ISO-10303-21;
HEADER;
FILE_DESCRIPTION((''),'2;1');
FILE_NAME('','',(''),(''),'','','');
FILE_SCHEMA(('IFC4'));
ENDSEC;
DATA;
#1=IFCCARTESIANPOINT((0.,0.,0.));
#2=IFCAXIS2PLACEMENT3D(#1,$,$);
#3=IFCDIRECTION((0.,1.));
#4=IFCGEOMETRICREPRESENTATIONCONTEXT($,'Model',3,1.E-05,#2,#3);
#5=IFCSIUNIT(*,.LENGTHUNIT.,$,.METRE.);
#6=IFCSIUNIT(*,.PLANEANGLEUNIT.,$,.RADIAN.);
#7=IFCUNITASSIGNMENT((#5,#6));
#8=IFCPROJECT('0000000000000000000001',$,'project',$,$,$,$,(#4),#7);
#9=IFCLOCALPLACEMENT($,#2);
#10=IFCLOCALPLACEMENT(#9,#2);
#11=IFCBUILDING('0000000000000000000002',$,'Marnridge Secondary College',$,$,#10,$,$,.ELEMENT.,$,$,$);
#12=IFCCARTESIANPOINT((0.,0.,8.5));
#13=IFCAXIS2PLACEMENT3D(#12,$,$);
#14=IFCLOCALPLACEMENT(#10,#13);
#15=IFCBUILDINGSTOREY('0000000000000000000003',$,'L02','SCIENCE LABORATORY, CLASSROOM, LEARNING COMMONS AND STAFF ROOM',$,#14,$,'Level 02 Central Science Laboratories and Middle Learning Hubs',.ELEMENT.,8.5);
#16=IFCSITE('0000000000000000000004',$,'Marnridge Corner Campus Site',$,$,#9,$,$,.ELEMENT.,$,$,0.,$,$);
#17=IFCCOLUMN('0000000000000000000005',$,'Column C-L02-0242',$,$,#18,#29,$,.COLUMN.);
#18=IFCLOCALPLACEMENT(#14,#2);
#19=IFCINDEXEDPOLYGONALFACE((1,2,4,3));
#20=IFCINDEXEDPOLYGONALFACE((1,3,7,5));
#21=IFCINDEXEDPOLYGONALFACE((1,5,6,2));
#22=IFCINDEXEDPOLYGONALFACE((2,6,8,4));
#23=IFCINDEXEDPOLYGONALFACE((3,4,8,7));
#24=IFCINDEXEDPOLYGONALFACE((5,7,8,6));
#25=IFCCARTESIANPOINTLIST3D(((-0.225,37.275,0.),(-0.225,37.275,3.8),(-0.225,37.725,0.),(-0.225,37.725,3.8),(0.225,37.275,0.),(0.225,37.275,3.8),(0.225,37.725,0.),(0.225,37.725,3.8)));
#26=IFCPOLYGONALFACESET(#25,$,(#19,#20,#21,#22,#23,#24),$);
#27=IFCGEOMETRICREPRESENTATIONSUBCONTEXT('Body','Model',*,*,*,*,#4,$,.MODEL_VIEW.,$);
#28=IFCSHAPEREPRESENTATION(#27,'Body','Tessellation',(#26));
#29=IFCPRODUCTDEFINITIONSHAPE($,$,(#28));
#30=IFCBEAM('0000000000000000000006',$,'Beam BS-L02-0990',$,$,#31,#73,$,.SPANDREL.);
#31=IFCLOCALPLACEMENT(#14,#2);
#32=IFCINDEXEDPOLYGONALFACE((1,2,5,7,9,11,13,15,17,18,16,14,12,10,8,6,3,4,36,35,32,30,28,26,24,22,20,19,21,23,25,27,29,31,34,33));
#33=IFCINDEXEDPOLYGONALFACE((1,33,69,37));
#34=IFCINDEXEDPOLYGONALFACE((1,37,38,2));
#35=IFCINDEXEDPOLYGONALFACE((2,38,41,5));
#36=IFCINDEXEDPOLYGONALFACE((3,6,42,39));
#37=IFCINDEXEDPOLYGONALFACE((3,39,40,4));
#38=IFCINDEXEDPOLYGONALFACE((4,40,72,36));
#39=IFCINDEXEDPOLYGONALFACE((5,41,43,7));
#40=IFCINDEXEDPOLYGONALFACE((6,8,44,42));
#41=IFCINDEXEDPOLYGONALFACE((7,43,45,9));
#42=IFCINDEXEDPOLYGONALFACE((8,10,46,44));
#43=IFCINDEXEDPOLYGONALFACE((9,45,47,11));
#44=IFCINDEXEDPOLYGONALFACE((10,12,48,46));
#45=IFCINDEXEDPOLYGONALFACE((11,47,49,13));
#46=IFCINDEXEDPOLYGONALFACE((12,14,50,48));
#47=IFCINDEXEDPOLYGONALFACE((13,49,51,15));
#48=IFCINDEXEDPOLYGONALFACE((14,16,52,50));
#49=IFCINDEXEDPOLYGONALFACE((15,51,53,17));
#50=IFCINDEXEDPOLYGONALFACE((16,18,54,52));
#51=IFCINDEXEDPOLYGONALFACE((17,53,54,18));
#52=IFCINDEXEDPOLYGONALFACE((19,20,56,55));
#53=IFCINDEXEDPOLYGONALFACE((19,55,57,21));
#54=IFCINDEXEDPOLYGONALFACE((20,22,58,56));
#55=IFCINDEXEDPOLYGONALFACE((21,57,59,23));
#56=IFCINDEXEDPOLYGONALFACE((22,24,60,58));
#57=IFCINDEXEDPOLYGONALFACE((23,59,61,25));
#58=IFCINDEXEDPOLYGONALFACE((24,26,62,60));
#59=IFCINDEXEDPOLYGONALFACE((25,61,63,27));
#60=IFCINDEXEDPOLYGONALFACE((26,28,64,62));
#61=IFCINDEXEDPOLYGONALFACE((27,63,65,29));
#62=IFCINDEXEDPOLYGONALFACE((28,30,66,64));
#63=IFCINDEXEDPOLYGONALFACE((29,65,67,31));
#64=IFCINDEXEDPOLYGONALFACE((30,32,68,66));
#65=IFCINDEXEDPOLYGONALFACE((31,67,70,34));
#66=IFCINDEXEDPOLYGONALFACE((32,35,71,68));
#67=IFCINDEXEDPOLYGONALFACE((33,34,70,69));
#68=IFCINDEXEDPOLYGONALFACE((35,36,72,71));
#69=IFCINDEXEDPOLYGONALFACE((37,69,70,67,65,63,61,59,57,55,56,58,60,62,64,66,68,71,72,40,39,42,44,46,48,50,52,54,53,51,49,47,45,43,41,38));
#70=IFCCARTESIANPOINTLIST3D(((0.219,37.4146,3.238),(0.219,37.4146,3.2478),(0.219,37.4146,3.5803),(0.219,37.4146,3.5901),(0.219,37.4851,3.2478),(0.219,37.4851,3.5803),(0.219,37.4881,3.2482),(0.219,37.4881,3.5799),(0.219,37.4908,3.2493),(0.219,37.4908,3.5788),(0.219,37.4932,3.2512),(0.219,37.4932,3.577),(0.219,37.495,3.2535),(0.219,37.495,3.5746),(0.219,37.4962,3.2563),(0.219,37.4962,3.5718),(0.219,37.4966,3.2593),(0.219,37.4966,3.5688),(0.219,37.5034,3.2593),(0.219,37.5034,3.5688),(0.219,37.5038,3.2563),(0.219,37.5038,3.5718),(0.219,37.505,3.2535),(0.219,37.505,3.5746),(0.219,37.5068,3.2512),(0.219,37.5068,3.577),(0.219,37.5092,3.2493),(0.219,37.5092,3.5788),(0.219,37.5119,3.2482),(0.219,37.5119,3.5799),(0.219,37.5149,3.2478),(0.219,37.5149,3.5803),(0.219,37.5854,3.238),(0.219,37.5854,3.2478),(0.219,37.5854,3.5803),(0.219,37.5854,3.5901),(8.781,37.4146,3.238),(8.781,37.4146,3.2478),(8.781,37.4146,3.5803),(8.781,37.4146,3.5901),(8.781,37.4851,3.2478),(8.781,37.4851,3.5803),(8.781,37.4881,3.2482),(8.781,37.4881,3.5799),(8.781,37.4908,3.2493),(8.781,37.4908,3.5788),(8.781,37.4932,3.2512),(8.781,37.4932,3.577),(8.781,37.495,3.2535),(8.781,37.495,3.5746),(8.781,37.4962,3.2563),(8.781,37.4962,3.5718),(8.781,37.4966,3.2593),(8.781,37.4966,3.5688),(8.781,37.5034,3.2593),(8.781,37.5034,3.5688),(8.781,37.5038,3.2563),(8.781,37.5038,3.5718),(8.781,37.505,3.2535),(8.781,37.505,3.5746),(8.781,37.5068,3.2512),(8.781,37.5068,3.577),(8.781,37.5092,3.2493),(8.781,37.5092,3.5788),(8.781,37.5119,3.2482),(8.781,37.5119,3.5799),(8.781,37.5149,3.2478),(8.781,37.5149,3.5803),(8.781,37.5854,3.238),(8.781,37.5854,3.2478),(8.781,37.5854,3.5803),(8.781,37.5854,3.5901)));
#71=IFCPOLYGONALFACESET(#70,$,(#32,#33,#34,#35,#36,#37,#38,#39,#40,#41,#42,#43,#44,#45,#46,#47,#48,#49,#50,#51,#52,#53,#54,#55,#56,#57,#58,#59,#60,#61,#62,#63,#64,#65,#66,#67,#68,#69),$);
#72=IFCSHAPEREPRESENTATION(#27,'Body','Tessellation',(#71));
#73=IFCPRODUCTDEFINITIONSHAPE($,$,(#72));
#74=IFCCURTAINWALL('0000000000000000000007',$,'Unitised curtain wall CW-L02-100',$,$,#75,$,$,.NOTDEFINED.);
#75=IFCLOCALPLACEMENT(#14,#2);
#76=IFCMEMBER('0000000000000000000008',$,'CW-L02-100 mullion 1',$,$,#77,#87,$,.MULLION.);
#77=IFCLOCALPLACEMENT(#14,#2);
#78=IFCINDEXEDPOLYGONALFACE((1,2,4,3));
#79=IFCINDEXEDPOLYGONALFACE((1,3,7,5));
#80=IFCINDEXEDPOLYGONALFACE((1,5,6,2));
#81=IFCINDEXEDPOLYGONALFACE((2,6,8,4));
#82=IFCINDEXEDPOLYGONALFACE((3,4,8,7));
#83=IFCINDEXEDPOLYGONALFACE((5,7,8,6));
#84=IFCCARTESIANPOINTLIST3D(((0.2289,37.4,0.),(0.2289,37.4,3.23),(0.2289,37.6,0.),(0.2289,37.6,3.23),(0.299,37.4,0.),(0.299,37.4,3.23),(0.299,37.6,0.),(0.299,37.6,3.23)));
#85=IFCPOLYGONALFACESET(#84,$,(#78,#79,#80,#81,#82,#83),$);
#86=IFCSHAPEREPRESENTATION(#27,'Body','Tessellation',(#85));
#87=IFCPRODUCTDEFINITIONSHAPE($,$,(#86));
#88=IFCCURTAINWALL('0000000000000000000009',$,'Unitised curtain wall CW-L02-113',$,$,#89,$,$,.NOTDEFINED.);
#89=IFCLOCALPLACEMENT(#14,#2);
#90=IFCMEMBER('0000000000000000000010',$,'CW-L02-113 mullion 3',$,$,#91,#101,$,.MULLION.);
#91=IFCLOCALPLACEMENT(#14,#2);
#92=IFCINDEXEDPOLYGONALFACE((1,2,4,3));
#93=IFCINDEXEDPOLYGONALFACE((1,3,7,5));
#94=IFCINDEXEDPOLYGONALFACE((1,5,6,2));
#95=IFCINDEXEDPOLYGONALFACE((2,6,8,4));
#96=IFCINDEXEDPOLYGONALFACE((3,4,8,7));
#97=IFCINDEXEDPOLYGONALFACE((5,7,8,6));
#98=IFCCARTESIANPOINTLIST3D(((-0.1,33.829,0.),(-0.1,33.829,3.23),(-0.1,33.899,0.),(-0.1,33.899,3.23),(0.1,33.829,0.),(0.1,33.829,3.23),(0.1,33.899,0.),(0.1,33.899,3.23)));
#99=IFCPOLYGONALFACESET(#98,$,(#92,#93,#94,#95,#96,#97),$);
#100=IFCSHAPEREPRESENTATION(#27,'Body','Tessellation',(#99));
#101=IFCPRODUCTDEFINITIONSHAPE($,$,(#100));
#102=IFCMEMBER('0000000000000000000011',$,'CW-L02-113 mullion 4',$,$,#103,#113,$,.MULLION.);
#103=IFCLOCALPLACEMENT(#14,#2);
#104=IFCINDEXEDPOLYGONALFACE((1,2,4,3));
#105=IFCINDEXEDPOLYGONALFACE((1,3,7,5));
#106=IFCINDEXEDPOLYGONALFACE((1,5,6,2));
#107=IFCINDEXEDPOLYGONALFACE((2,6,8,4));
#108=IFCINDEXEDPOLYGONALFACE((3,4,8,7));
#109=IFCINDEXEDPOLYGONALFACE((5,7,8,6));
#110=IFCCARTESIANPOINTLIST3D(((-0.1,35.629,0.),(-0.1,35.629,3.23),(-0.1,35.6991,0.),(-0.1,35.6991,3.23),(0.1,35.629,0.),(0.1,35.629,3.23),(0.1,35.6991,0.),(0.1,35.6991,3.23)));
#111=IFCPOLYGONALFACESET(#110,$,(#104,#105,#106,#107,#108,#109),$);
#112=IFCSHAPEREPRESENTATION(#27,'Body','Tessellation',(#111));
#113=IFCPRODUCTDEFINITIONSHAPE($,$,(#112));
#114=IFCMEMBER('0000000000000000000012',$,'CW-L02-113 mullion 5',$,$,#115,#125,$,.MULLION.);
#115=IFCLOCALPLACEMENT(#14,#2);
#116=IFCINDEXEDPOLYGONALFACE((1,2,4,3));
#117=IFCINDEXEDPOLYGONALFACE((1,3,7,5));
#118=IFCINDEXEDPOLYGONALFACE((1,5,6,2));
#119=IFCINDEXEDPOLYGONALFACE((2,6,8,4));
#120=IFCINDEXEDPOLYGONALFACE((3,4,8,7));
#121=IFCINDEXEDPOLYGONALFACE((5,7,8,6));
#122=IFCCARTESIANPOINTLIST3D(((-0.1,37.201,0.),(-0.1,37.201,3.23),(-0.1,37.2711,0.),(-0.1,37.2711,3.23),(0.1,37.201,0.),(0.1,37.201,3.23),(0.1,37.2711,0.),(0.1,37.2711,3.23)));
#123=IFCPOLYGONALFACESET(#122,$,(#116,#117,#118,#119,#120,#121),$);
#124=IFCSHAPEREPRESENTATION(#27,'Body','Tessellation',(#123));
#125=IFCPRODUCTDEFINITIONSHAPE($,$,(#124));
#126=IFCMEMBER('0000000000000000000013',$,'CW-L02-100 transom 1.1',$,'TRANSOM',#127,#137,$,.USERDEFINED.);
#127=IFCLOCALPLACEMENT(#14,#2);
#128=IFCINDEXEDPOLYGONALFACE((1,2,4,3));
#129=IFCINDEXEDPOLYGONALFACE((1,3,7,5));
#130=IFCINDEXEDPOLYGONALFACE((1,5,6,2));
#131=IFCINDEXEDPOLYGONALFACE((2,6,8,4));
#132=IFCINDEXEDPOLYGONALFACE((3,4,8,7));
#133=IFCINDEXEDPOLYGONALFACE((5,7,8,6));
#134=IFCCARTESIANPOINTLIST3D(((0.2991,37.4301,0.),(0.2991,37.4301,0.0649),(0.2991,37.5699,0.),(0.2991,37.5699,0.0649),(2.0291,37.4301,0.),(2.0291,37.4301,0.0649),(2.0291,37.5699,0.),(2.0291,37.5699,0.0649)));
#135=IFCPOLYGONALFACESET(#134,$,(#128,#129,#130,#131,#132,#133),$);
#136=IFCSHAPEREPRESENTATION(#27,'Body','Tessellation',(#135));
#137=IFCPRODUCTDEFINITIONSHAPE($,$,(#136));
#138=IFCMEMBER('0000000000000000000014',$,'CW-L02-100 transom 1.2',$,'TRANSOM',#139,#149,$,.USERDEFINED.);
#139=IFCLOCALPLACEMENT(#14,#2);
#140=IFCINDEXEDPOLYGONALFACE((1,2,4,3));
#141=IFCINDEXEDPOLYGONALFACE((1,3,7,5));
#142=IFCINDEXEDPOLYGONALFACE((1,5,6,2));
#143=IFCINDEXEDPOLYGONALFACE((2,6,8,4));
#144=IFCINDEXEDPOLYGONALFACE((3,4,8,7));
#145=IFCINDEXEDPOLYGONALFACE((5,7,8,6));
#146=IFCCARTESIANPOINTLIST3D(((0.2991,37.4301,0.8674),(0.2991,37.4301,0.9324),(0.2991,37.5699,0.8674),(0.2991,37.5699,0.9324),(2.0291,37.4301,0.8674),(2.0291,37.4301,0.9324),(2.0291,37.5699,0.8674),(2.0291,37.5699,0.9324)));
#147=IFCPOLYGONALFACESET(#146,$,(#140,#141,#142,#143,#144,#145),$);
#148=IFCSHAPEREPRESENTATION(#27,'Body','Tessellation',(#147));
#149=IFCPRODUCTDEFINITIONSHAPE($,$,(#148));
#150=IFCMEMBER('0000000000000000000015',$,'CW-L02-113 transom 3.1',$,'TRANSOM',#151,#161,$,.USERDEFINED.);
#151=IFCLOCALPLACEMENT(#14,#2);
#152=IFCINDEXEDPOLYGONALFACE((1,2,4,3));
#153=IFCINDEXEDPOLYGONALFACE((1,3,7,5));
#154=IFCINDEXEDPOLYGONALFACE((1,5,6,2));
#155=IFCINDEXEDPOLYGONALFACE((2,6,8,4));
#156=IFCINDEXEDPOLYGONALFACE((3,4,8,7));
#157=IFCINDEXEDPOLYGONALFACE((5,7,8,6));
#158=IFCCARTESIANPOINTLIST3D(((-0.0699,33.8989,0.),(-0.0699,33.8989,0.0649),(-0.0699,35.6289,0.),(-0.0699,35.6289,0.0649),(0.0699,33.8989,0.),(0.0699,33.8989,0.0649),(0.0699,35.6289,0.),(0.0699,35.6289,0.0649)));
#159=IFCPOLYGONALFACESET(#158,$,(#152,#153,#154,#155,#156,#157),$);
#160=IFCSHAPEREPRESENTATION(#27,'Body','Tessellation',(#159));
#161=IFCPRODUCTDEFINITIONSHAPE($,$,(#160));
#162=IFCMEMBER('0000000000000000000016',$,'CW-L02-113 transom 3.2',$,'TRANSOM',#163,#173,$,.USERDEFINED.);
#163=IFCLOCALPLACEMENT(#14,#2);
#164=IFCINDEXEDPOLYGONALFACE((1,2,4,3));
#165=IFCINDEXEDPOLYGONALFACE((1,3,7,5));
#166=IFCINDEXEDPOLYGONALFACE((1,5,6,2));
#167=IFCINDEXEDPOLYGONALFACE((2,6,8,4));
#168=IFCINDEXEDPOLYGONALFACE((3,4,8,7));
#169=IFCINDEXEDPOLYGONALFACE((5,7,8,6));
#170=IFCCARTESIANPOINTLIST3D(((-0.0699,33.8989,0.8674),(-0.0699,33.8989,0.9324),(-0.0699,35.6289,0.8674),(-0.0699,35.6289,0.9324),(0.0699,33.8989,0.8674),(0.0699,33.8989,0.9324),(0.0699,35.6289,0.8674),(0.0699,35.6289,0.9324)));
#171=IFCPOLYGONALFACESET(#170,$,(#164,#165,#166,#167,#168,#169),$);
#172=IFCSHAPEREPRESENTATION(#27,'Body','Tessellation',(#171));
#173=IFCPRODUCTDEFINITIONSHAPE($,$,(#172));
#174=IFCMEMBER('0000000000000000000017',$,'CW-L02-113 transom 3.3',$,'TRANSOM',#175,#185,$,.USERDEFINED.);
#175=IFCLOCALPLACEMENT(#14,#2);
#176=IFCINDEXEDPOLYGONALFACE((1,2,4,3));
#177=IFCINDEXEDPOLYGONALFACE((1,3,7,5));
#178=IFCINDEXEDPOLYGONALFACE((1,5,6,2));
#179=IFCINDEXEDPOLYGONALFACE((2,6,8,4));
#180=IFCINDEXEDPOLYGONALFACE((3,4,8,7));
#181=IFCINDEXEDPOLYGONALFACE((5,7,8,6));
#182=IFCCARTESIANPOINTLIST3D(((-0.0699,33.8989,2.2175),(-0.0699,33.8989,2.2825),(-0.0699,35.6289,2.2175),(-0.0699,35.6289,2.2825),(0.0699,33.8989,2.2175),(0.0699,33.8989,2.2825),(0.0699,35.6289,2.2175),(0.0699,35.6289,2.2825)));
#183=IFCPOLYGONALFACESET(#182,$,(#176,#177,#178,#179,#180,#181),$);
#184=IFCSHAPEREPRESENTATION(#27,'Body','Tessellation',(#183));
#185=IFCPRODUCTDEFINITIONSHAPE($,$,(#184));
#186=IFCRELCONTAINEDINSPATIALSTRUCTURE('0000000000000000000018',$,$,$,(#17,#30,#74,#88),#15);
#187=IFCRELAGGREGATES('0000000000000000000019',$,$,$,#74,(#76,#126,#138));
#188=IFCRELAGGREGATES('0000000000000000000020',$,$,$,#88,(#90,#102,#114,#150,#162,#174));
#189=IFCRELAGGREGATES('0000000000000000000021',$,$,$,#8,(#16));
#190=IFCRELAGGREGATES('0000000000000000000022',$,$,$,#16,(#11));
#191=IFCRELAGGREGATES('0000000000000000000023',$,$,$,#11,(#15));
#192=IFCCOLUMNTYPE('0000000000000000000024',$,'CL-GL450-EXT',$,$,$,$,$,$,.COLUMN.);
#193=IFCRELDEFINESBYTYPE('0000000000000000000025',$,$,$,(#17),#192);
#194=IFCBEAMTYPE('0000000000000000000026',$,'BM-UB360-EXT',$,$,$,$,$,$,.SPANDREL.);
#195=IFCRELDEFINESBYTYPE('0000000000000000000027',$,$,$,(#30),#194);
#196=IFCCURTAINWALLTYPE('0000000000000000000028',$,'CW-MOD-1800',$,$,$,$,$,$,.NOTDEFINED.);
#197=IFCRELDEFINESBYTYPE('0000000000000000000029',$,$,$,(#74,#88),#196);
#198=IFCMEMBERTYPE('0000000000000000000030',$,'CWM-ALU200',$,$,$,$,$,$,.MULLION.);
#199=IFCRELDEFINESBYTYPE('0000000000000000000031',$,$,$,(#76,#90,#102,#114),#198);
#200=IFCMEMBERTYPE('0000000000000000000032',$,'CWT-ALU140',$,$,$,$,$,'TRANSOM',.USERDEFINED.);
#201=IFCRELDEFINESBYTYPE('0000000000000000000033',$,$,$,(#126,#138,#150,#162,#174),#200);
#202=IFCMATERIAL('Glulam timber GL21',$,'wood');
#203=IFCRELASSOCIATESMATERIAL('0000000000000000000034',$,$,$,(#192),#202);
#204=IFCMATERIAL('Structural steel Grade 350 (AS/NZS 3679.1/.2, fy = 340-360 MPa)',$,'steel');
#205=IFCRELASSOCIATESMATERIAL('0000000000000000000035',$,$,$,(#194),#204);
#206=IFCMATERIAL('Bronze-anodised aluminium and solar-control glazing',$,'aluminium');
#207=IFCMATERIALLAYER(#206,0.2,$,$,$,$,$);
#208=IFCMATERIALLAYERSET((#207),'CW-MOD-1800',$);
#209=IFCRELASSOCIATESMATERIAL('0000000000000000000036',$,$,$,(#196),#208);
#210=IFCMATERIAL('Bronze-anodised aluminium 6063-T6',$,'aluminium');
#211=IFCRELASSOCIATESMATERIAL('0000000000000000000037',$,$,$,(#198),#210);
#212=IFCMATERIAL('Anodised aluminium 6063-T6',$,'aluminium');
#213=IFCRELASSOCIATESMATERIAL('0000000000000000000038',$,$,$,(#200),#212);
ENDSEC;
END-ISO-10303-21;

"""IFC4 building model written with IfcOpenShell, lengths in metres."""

from ifc_helpers import new_model, si_unit, direction, frame, origin, origin_2d, place, context, subcontext, project, spatial, rectangle, i_section, extrude, material, layer, layer_set, material_profile, profile_set, type_object, element, aggregate, save


model = new_model("IFC4")

# Units and contexts
model_context = context("Model", 3, precision=1e-05, world=origin(), true_north=direction((0.0, 1.0)))
body_context = subcontext(model_context, "Body", "Model", "MODEL_VIEW")
ifc_project = project(units=[si_unit("LENGTHUNIT", "METRE"), si_unit("PLANEANGLEUNIT", "RADIAN")], contexts=[model_context])

# Site, building, storey
site_placement = place(None, origin())
site = spatial("IfcSite", under=ifc_project, at=site_placement, Name="Marnridge Corner Campus Site", CompositionType="ELEMENT", RefElevation=0.0)
building_placement = place(site_placement, origin())
building = spatial("IfcBuilding", under=site, at=building_placement, Name="Marnridge Secondary College", CompositionType="ELEMENT")
storey_placement = place(building_placement, frame((0.0, 0.0, 8.5)))
storey = spatial("IfcBuildingStorey", under=building, at=storey_placement, Name="L02", Description="SCIENCE LABORATORY, CLASSROOM, LEARNING COMMONS AND STAFF ROOM", LongName="Level 02 Central Science Laboratories and Middle Learning Hubs", CompositionType="ELEMENT", Elevation=8.5)

# Column
ifc_material_1 = material(Name="Glulam timber GL21", Category="wood")
ifc_material_profile_1 = material_profile(ifc_material_1, rectangle(XDim=0.45, YDim=0.45, at=origin_2d()), Name="GL21 450x450")
ifc_profile_set_1 = profile_set([ifc_material_profile_1], Name="Glulam timber GL21")
column_type = type_object("IfcColumnType", Name="CL-GL450-EXT", PredefinedType="COLUMN", material=ifc_profile_set_1)
column_placement = place(storey_placement, frame((0.0, 37.5, 0.0), z_axis=(0.0, 0.0, 1.0), x_axis=(1.0, 0.0, 0.0)))
element("IfcColumn", 1, at=column_placement, inside=storey, type_object=column_type, Name="Column C-L02-0242", PredefinedType="COLUMN", context=body_context, shape_type="SweptSolid", body=[
    extrude(rectangle(XDim=0.45, YDim=0.45, at=origin_2d()), origin(), (0.0, 0.0, 1.0), 3.8),
])

# Beam
ifc_material_2 = material(Name="Structural steel Grade 350 (AS/NZS 3679.1/.2, fy = 340-360 MPa)", Category="steel")
ifc_material_profile_2 = material_profile(ifc_material_2, i_section(OverallWidth=0.1709, OverallDepth=0.3521, WebThickness=0.0068, FlangeThickness=0.0098, FilletRadius=0.0115, at=origin_2d()), Name="360UB44.7")
ifc_profile_set_2 = profile_set([ifc_material_profile_2], Name="Structural steel Grade 350 (AS/NZS 3679.1/.2, fy = 340-360 MPa)")
beam_type = type_object("IfcBeamType", Name="BM-UB360-EXT", PredefinedType="SPANDREL", material=ifc_profile_set_2)
beam_placement = place(storey_placement, frame((0.219, 37.5, 3.4141), z_axis=(1.0, 0.0, 0.0), x_axis=(0.0, 1.0, 0.0)))
element("IfcBeam", 2, at=beam_placement, inside=storey, type_object=beam_type, Name="Beam BS-L02-0990", PredefinedType="SPANDREL", context=body_context, shape_type="SweptSolid", body=[
    extrude(i_section(OverallWidth=0.1709, OverallDepth=0.3521, WebThickness=0.0068, FlangeThickness=0.0098, FilletRadius=0.0115, at=origin_2d()), origin(), (0.0, 0.0, 1.0), 8.562),
])

# Curtain wall, member
ifc_material_3 = material(Name="Bronze-anodised aluminium and solar-control glazing", Category="aluminium")
ifc_layer_1 = layer(ifc_material_3, 0.2)
ifc_layer_set_1 = layer_set([ifc_layer_1], Name="CW-MOD-1800")
curtain_wall_type = type_object("IfcCurtainWallType", Name="CW-MOD-1800", PredefinedType="NOTDEFINED", material=ifc_layer_set_1)
curtain_wall_1_placement = place(storey_placement, origin())
curtain_wall_1 = element("IfcCurtainWall", 3, at=curtain_wall_1_placement, inside=storey, type_object=curtain_wall_type, Name="Unitised curtain wall CW-L02-100", PredefinedType="NOTDEFINED")
ifc_material_4 = material(Name="Bronze-anodised aluminium 6063-T6", Category="aluminium")
ifc_material_profile_3 = material_profile(ifc_material_4, rectangle(XDim=0.0701, YDim=0.2, at=origin_2d()), Name="ALU 70x200")
ifc_profile_set_3 = profile_set([ifc_material_profile_3], Name="Bronze-anodised aluminium 6063-T6")
member_type_1 = type_object("IfcMemberType", Name="CWM-ALU200", PredefinedType="MULLION", material=ifc_profile_set_3)
member_1_placement = place(storey_placement, frame((0.2639, 37.5, 0.0), z_axis=(0.0, 0.0, 1.0), x_axis=(1.0, 0.0, 0.0)))
member_1 = element("IfcMember", 4, at=member_1_placement, type_object=member_type_1, Name="CW-L02-100 mullion 1", PredefinedType="MULLION", context=body_context, shape_type="SweptSolid", body=[
    extrude(rectangle(XDim=0.0701, YDim=0.2, at=origin_2d()), origin(), (0.0, 0.0, 1.0), 3.23),
])

# Curtain wall, members
curtain_wall_2_placement = place(storey_placement, origin())
curtain_wall_2 = element("IfcCurtainWall", 5, at=curtain_wall_2_placement, inside=storey, type_object=curtain_wall_type, Name="Unitised curtain wall CW-L02-113", PredefinedType="NOTDEFINED")
member_2_placement = place(storey_placement, frame((0.0, 33.864, 0.0), z_axis=(0.0, 0.0, 1.0), x_axis=(0.0, 1.0, 0.0)))
member_2 = element("IfcMember", 6, at=member_2_placement, type_object=member_type_1, Name="CW-L02-113 mullion 3", PredefinedType="MULLION", context=body_context, shape_type="SweptSolid", body=[
    extrude(rectangle(XDim=0.0701, YDim=0.2, at=origin_2d()), origin(), (0.0, 0.0, 1.0), 3.23),
])
member_3_placement = place(storey_placement, frame((0.0, 35.6641, 0.0), z_axis=(0.0, 0.0, 1.0), x_axis=(0.0, 1.0, 0.0)))
member_3 = element("IfcMember", 7, at=member_3_placement, type_object=member_type_1, Name="CW-L02-113 mullion 4", PredefinedType="MULLION", context=body_context, shape_type="SweptSolid", body=[
    extrude(rectangle(XDim=0.0701, YDim=0.2, at=origin_2d()), origin(), (0.0, 0.0, 1.0), 3.23),
])
member_4_placement = place(storey_placement, frame((0.0, 37.2361, 0.0), z_axis=(0.0, 0.0, 1.0), x_axis=(0.0, 1.0, 0.0)))
member_4 = element("IfcMember", 8, at=member_4_placement, type_object=member_type_1, Name="CW-L02-113 mullion 5", PredefinedType="MULLION", context=body_context, shape_type="SweptSolid", body=[
    extrude(rectangle(XDim=0.0701, YDim=0.2, at=origin_2d()), origin(), (0.0, 0.0, 1.0), 3.23),
])

# Members
ifc_material_5 = material(Name="Anodised aluminium 6063-T6", Category="aluminium")
ifc_material_profile_4 = material_profile(ifc_material_5, rectangle(XDim=0.0649, YDim=0.1399, at=origin_2d()), Name="ALU 65x140")
ifc_profile_set_4 = profile_set([ifc_material_profile_4], Name="Anodised aluminium 6063-T6")
member_type_2 = type_object("IfcMemberType", Name="CWT-ALU140", ElementType="TRANSOM", PredefinedType="USERDEFINED", material=ifc_profile_set_4)
member_5_placement = place(storey_placement, frame((0.2991, 37.5, 0.0325), z_axis=(1.0, 0.0, 0.0), x_axis=(0.0, 0.0, 1.0)))
member_5 = element("IfcMember", 9, at=member_5_placement, type_object=member_type_2, Name="CW-L02-100 transom 1.1", ObjectType="TRANSOM", PredefinedType="USERDEFINED", context=body_context, shape_type="SweptSolid", body=[
    extrude(rectangle(XDim=0.0649, YDim=0.1399, at=origin_2d()), origin(), (0.0, 0.0, 1.0), 1.73),
])
member_6_placement = place(storey_placement, frame((0.2991, 37.5, 0.8999), z_axis=(1.0, 0.0, 0.0), x_axis=(0.0, 0.0, 1.0)))
member_6 = element("IfcMember", 10, at=member_6_placement, type_object=member_type_2, Name="CW-L02-100 transom 1.2", ObjectType="TRANSOM", PredefinedType="USERDEFINED", context=body_context, shape_type="SweptSolid", body=[
    extrude(rectangle(XDim=0.0649, YDim=0.1399, at=origin_2d()), origin(), (0.0, 0.0, 1.0), 1.73),
])
aggregate(curtain_wall_1, [member_1, member_5, member_6])
member_7_placement = place(storey_placement, frame((0.0, 33.8989, 0.0325), z_axis=(0.0, 1.0, 0.0), x_axis=(0.0, 0.0, 1.0)))
member_7 = element("IfcMember", 11, at=member_7_placement, type_object=member_type_2, Name="CW-L02-113 transom 3.1", ObjectType="TRANSOM", PredefinedType="USERDEFINED", context=body_context, shape_type="SweptSolid", body=[
    extrude(rectangle(XDim=0.0649, YDim=0.1399, at=origin_2d()), origin(), (0.0, 0.0, 1.0), 1.73),
])
member_8_placement = place(storey_placement, frame((0.0, 33.8989, 0.8999), z_axis=(0.0, 1.0, 0.0), x_axis=(0.0, 0.0, 1.0)))
member_8 = element("IfcMember", 12, at=member_8_placement, type_object=member_type_2, Name="CW-L02-113 transom 3.2", ObjectType="TRANSOM", PredefinedType="USERDEFINED", context=body_context, shape_type="SweptSolid", body=[
    extrude(rectangle(XDim=0.0649, YDim=0.1399, at=origin_2d()), origin(), (0.0, 0.0, 1.0), 1.73),
])
member_9_placement = place(storey_placement, frame((0.0, 33.8989, 2.25), z_axis=(0.0, 1.0, 0.0), x_axis=(0.0, 0.0, 1.0)))
member_9 = element("IfcMember", 13, at=member_9_placement, type_object=member_type_2, Name="CW-L02-113 transom 3.3", ObjectType="TRANSOM", PredefinedType="USERDEFINED", context=body_context, shape_type="SweptSolid", body=[
    extrude(rectangle(XDim=0.0649, YDim=0.1399, at=origin_2d()), origin(), (0.0, 0.0, 1.0), 1.73),
])

aggregate(curtain_wall_2, [member_2, member_3, member_4, member_7, member_8, member_9])

save(model, "model.ifc")
